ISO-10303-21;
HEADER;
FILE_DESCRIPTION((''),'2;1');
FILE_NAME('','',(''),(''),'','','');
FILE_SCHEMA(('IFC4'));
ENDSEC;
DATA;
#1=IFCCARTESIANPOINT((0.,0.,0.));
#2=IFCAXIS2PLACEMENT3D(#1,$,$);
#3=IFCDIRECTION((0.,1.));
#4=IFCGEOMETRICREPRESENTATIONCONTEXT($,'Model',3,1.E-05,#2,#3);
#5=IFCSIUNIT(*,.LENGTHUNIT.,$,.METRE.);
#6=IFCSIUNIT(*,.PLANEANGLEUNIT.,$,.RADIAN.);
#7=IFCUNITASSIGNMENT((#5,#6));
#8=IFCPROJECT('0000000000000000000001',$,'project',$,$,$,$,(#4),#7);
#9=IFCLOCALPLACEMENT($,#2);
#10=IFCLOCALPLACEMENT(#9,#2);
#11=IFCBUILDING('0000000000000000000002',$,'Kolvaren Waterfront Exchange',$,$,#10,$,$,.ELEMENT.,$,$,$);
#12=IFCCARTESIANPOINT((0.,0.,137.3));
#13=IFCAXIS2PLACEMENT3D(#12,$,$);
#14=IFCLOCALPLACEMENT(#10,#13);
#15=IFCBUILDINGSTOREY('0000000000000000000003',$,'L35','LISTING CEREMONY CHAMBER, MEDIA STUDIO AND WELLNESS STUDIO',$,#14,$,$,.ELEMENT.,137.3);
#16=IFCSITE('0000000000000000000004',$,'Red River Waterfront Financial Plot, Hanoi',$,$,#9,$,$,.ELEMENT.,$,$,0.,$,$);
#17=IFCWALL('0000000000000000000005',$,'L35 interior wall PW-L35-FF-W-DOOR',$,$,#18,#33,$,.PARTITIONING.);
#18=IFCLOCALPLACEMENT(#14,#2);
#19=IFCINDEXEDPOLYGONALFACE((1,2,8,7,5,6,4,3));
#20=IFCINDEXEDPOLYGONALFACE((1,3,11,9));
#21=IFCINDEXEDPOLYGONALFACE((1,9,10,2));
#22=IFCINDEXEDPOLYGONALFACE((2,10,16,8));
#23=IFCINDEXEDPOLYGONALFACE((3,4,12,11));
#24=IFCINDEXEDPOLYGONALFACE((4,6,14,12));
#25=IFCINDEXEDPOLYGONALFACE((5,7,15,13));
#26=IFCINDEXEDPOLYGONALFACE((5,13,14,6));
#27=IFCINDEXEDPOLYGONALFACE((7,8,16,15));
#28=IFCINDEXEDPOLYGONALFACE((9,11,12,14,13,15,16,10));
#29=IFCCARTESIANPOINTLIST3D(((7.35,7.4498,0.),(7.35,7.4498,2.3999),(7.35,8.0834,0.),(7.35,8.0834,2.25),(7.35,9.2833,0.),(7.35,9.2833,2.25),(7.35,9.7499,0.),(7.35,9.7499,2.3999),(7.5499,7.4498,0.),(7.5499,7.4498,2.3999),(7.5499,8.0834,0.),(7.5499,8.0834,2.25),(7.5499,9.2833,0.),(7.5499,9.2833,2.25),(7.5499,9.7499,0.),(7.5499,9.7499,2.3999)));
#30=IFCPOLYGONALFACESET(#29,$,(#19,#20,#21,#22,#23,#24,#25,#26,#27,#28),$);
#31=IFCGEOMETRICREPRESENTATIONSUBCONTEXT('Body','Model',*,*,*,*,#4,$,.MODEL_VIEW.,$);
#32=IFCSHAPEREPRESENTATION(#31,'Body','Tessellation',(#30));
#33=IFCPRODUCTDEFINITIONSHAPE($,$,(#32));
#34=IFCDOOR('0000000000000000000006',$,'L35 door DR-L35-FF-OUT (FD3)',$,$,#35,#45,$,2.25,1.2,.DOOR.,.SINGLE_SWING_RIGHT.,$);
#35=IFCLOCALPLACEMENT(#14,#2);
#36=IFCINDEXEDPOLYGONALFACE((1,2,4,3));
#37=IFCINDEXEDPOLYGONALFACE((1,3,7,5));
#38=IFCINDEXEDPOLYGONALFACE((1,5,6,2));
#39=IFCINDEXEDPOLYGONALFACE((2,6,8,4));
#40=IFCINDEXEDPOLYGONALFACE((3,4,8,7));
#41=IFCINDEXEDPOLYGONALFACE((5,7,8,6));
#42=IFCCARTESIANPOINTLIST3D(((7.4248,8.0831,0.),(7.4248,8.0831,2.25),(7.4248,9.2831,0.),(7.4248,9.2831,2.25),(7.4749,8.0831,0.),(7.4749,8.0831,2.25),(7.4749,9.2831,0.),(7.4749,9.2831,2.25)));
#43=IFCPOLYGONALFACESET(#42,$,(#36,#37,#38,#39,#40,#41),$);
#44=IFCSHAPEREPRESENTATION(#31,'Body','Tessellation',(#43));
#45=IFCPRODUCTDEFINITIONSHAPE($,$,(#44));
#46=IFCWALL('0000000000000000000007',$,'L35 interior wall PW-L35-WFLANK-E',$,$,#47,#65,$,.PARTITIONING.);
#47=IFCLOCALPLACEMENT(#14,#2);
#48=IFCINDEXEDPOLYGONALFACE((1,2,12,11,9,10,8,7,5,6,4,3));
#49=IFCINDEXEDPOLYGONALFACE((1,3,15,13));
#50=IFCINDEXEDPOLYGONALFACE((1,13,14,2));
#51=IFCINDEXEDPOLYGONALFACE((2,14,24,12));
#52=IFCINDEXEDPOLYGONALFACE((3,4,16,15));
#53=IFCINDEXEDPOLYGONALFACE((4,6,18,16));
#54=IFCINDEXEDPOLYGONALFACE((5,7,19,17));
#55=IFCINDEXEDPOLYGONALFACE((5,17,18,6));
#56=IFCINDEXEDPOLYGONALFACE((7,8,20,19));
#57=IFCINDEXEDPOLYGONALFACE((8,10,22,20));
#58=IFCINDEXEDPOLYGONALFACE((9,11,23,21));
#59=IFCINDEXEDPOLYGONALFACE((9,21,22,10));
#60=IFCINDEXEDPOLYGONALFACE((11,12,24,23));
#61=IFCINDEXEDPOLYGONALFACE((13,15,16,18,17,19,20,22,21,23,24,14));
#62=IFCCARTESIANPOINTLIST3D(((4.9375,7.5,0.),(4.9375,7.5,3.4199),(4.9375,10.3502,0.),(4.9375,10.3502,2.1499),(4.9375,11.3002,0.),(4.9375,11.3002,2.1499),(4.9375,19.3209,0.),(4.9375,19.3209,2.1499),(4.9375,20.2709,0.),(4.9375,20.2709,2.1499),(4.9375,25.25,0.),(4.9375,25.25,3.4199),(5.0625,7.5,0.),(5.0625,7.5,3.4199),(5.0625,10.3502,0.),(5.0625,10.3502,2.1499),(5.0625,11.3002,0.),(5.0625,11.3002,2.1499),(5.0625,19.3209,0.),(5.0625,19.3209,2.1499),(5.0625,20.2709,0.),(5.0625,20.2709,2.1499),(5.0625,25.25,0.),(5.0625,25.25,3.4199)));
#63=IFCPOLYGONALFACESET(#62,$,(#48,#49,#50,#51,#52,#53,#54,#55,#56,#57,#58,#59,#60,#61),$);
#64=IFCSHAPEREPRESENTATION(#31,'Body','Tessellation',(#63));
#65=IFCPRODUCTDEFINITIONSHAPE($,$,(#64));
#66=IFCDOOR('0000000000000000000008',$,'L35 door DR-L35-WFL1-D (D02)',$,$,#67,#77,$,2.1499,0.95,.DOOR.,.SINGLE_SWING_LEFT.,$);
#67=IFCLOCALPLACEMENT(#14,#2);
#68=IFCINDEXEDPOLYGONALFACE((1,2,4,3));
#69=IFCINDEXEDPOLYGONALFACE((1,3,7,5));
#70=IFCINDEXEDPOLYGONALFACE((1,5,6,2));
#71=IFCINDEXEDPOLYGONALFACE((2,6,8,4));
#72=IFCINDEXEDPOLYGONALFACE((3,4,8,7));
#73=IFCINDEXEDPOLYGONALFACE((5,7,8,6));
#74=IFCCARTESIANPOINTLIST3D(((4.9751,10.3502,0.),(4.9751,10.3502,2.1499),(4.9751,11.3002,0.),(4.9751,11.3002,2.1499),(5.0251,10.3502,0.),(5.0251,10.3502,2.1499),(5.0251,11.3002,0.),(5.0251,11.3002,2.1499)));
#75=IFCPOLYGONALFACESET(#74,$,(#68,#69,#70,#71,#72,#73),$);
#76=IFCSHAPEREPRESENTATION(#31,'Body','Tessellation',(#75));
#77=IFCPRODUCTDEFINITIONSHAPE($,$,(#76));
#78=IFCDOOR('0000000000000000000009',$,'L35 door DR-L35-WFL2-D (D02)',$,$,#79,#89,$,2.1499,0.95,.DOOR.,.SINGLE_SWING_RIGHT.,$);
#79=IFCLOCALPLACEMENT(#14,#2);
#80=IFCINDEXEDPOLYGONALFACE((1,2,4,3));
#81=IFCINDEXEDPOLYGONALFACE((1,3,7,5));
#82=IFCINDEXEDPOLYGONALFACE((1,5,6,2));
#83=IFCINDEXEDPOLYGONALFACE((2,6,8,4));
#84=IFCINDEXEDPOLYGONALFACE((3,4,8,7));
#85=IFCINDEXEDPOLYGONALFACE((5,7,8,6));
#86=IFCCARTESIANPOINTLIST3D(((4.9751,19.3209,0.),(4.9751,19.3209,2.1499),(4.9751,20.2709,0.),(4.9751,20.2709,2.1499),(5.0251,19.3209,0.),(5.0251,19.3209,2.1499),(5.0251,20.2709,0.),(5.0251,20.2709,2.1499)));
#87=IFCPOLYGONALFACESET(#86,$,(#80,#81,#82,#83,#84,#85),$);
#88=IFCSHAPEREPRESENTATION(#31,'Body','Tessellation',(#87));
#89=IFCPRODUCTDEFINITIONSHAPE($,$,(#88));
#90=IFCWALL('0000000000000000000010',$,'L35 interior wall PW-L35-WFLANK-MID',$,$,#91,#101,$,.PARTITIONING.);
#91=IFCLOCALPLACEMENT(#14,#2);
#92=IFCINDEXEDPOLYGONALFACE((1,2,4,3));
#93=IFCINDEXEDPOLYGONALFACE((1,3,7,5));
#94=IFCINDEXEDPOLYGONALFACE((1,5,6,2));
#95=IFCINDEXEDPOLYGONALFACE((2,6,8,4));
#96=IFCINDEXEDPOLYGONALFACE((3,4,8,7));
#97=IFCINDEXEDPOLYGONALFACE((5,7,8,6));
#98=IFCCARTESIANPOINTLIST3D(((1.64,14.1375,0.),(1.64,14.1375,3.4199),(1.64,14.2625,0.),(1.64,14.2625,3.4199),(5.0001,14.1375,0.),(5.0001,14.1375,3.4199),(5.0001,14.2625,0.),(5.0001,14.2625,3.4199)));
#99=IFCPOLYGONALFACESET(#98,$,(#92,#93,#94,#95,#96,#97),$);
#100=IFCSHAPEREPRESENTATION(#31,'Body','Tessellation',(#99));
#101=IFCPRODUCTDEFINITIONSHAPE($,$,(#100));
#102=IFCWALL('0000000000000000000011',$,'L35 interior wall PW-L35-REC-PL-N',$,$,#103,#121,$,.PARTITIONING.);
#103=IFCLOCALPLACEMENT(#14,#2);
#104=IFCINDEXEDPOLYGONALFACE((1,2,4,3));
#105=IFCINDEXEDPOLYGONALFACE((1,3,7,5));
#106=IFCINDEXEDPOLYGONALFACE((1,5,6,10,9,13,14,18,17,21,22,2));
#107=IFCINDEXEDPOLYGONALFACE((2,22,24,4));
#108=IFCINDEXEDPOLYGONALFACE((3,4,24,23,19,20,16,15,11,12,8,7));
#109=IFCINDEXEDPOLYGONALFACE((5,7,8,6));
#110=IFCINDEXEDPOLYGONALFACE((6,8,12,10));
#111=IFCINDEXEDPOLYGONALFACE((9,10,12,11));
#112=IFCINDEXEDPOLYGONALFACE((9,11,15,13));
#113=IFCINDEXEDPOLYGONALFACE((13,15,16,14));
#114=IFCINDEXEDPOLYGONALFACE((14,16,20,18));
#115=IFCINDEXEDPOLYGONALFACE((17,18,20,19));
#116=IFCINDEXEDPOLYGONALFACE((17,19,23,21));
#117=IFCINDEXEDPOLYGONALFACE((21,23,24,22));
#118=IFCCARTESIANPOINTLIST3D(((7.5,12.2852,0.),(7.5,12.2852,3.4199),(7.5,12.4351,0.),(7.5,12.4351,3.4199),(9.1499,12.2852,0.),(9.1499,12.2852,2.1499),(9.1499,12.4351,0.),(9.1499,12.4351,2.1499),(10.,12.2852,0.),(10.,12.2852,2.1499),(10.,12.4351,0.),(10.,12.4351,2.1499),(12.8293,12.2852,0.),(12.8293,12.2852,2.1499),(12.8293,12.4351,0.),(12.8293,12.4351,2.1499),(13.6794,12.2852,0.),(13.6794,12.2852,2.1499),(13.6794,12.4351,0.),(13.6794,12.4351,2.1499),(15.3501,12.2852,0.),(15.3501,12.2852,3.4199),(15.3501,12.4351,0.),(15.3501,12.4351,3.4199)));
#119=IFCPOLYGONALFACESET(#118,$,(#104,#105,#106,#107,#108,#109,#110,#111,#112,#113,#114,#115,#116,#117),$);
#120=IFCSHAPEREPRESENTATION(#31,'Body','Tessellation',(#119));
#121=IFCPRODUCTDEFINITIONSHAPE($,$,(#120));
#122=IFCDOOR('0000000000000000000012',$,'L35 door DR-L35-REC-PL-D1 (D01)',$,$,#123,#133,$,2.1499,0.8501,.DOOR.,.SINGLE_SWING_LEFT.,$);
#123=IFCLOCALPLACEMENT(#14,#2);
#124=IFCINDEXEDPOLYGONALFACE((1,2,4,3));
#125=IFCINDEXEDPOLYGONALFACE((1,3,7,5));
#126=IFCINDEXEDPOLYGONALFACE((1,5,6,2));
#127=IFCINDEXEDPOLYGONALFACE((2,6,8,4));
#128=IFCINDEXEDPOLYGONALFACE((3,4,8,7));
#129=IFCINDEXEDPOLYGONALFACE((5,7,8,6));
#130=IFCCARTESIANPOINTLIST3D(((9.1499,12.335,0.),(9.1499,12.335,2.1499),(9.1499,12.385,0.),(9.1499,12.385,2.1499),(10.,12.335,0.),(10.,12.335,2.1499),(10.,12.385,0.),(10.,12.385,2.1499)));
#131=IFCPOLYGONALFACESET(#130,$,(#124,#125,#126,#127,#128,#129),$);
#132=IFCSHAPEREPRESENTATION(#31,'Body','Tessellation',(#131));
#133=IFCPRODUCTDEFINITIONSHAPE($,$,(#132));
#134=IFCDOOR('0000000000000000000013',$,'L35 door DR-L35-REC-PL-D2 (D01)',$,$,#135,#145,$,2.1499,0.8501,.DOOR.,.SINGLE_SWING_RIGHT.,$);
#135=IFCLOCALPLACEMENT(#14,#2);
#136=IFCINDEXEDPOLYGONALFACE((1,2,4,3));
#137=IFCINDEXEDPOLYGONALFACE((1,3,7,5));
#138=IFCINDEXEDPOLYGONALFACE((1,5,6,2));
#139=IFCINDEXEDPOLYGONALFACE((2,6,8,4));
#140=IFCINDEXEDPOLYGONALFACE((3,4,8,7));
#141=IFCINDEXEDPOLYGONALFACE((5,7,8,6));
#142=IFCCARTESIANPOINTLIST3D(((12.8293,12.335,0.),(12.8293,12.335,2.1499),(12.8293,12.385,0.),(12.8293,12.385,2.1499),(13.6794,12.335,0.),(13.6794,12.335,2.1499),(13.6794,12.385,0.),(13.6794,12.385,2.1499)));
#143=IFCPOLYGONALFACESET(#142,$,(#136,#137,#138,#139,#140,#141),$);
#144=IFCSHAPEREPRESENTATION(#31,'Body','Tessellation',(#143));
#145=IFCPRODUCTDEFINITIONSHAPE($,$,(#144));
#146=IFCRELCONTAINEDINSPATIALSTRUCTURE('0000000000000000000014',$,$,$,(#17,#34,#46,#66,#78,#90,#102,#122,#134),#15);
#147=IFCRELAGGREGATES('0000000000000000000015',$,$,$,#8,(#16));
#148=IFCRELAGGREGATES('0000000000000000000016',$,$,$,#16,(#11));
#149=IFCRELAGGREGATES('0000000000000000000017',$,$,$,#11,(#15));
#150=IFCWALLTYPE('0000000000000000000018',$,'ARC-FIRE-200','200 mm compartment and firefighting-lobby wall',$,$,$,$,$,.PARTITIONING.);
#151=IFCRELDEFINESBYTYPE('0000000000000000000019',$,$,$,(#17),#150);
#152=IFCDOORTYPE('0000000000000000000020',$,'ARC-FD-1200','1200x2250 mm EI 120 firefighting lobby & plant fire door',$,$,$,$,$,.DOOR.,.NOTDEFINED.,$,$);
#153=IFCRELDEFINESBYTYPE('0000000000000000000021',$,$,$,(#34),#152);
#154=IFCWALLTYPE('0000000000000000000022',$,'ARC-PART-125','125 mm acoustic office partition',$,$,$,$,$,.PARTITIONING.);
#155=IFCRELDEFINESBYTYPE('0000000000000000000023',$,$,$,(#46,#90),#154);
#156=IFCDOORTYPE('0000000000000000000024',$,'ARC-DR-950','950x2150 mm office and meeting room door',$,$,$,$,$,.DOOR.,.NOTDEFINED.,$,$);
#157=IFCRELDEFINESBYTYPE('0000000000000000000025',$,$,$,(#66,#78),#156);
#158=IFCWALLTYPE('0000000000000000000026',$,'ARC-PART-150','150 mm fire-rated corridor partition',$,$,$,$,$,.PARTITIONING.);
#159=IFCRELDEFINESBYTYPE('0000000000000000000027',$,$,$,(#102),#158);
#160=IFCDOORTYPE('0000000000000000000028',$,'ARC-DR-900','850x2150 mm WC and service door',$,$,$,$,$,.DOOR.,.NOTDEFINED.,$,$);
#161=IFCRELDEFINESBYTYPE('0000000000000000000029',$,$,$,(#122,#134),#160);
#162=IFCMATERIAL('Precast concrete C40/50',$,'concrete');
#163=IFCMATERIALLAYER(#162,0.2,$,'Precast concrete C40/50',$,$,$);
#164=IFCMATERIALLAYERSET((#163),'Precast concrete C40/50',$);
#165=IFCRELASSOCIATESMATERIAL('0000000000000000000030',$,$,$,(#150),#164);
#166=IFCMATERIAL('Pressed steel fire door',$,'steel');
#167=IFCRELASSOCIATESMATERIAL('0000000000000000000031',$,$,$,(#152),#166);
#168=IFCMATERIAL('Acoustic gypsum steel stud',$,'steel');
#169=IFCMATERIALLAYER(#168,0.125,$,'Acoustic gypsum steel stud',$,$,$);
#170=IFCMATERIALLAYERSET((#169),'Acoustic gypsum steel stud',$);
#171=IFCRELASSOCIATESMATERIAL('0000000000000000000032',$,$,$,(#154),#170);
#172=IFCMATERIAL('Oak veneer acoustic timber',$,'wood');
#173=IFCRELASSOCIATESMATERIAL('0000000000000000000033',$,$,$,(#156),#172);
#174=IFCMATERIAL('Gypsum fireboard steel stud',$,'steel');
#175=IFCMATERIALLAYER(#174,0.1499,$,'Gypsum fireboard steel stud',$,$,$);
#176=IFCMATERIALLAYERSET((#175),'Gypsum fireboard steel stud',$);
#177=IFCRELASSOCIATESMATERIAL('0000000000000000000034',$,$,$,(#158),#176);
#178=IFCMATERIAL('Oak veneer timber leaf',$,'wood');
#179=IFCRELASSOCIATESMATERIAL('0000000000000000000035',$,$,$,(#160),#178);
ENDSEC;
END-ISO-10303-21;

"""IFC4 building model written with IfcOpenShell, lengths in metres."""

from ifc_helpers import new_model, si_unit, direction, frame, frame_2d, origin, place, context, subcontext, project, spatial, rectangle, extrude, material, layer, layer_set, type_object, element, fill, save


model = new_model("IFC4")

# Units and contexts
model_context = context("Model", 3, precision=1e-05, world=origin(), true_north=direction((0.0, 1.0)))
body_context = subcontext(model_context, "Body", "Model", "MODEL_VIEW")
ifc_project = project(units=[si_unit("LENGTHUNIT", "METRE"), si_unit("PLANEANGLEUNIT", "RADIAN")], contexts=[model_context])

# Site, building, storey
site_placement = place(None, origin())
site = spatial("IfcSite", under=ifc_project, at=site_placement, Name="Red River Waterfront Financial Plot, Hanoi", CompositionType="ELEMENT", RefElevation=0.0)
building_placement = place(site_placement, origin())
building = spatial("IfcBuilding", under=site, at=building_placement, Name="Kolvaren Waterfront Exchange", CompositionType="ELEMENT")
storey_placement = place(building_placement, frame((0.0, 0.0, 137.3)))
storey = spatial("IfcBuildingStorey", under=building, at=storey_placement, Name="L35", Description="LISTING CEREMONY CHAMBER, MEDIA STUDIO AND WELLNESS STUDIO", CompositionType="ELEMENT", Elevation=137.3)

# Shared definitions
ifc_material_1 = material(Name="Precast concrete C40/50", Category="concrete")
ifc_layer_1 = layer(ifc_material_1, 0.2, Name="Precast concrete C40/50")
ifc_layer_set_1 = layer_set([ifc_layer_1], Name="Precast concrete C40/50")
wall_type_1 = type_object("IfcWallType", Name="ARC-FIRE-200", Description="200 mm compartment and firefighting-lobby wall", PredefinedType="PARTITIONING", material=ifc_layer_set_1)

# Wall, opening, door
wall_1_placement = place(storey_placement, frame((7.45, 7.45, 0.0), z_axis=(0.0, 0.0, 1.0), x_axis=(0.0, 1.0, 0.0)))
wall_1 = element("IfcWall", 1, at=wall_1_placement, inside=storey, type_object=wall_type_1, Name="L35 interior wall PW-L35-FF-W-DOOR", PredefinedType="PARTITIONING", context=body_context, shape_type="SweptSolid", body=[
    extrude(rectangle(XDim=2.3, YDim=0.2, at=frame_2d((1.1499, 0.0))), origin(), (0.0, 0.0, 1.0), 2.3999),
])
opening_1_placement = place(wall_1_placement, frame((0.6333, 0.0, 0.0)))
opening_1 = element("IfcOpeningElement", 2, at=opening_1_placement, cuts=wall_1, PredefinedType="OPENING", context=body_context, shape_type="SweptSolid", body=[
    extrude(rectangle(XDim=1.2, YDim=2.25, at=frame_2d((0.6001, 1.125))), frame((0.0, 0.1099, 0.0), z_axis=(0.0, -1.0, 0.0), x_axis=(1.0, 0.0, 0.0)), (0.0, 0.0, 1.0), 0.22),
])
ifc_material_2 = material(Name="Pressed steel fire door", Category="steel")
door_type_1 = type_object("IfcDoorType", Name="ARC-FD-1200", Description="1200x2250 mm EI 120 firefighting lobby & plant fire door", OperationType="NOTDEFINED", PredefinedType="DOOR", material=ifc_material_2)
door_1_placement = place(opening_1_placement, frame((1.2, 0.0, 0.0), z_axis=(0.0, 0.0, 1.0), x_axis=(-1.0, 0.0, 0.0)))
door_1 = element("IfcDoor", 3, at=door_1_placement, inside=storey, type_object=door_type_1, Name="L35 door DR-L35-FF-OUT (FD3)", OperationType="SINGLE_SWING_RIGHT", OverallHeight=2.25, OverallWidth=1.2, PredefinedType="DOOR", context=body_context, shape_type="SweptSolid", body=[
    extrude(rectangle(XDim=1.2, YDim=2.25, at=frame_2d((0.6001, 1.125))), frame((0.0, 0.0249, 0.0), z_axis=(0.0, -1.0, 0.0), x_axis=(1.0, 0.0, 0.0)), (0.0, 0.0, 1.0), 0.05),
])
fill(opening_1, door_1)

# Wall, openings, doors
ifc_material_3 = material(Name="Acoustic gypsum steel stud", Category="steel")
ifc_layer_2 = layer(ifc_material_3, 0.125, Name="Acoustic gypsum steel stud")
ifc_layer_set_2 = layer_set([ifc_layer_2], Name="Acoustic gypsum steel stud")
wall_type_2 = type_object("IfcWallType", Name="ARC-PART-125", Description="125 mm acoustic office partition", PredefinedType="PARTITIONING", material=ifc_layer_set_2)
wall_2_placement = place(storey_placement, frame((5.0, 7.5, 0.0), z_axis=(0.0, 0.0, 1.0), x_axis=(0.0, 1.0, 0.0)))
wall_2 = element("IfcWall", 4, at=wall_2_placement, inside=storey, type_object=wall_type_2, Name="L35 interior wall PW-L35-WFLANK-E", PredefinedType="PARTITIONING", context=body_context, shape_type="SweptSolid", body=[
    extrude(rectangle(XDim=17.75, YDim=0.125, at=frame_2d((8.875, 0.0))), origin(), (0.0, 0.0, 1.0), 3.4199),
])
opening_2_placement = place(wall_2_placement, frame((2.8501, 0.0, 0.0)))
opening_2 = element("IfcOpeningElement", 5, at=opening_2_placement, cuts=wall_2, PredefinedType="OPENING", context=body_context, shape_type="SweptSolid", body=[
    extrude(rectangle(XDim=0.95, YDim=2.1499, at=frame_2d((0.4751, 1.075))), frame((0.0, 0.0725, 0.0), z_axis=(0.0, -1.0, 0.0), x_axis=(1.0, 0.0, 0.0)), (0.0, 0.0, 1.0), 0.145),
])
opening_3_placement = place(wall_2_placement, frame((11.8208, 0.0, 0.0)))
opening_3 = element("IfcOpeningElement", 6, at=opening_3_placement, cuts=wall_2, PredefinedType="OPENING", context=body_context, shape_type="SweptSolid", body=[
    extrude(rectangle(XDim=0.95, YDim=2.1499, at=frame_2d((0.4751, 1.075))), frame((0.0, 0.0725, 0.0), z_axis=(0.0, -1.0, 0.0), x_axis=(1.0, 0.0, 0.0)), (0.0, 0.0, 1.0), 0.145),
])
ifc_material_4 = material(Name="Oak veneer acoustic timber", Category="wood")
door_type_2 = type_object("IfcDoorType", Name="ARC-DR-950", Description="950x2150 mm office and meeting room door", OperationType="NOTDEFINED", PredefinedType="DOOR", material=ifc_material_4)
door_2_placement = place(opening_2_placement, origin())
door_2 = element("IfcDoor", 7, at=door_2_placement, inside=storey, type_object=door_type_2, Name="L35 door DR-L35-WFL1-D (D02)", OperationType="SINGLE_SWING_LEFT", OverallHeight=2.1499, OverallWidth=0.95, PredefinedType="DOOR", context=body_context, shape_type="SweptSolid", body=[
    extrude(rectangle(XDim=0.95, YDim=2.1499, at=frame_2d((0.4751, 1.075))), frame((0.0, 0.0249, 0.0), z_axis=(0.0, -1.0, 0.0), x_axis=(1.0, 0.0, 0.0)), (0.0, 0.0, 1.0), 0.05),
])
fill(opening_2, door_2)
door_3_placement = place(opening_3_placement, origin())
door_3 = element("IfcDoor", 8, at=door_3_placement, inside=storey, type_object=door_type_2, Name="L35 door DR-L35-WFL2-D (D02)", OperationType="SINGLE_SWING_RIGHT", OverallHeight=2.1499, OverallWidth=0.95, PredefinedType="DOOR", context=body_context, shape_type="SweptSolid", body=[
    extrude(rectangle(XDim=0.95, YDim=2.1499, at=frame_2d((0.4751, 1.075))), frame((0.0, 0.0249, 0.0), z_axis=(0.0, -1.0, 0.0), x_axis=(1.0, 0.0, 0.0)), (0.0, 0.0, 1.0), 0.05),
])
fill(opening_3, door_3)

# Wall
wall_3_placement = place(storey_placement, frame((1.6399, 14.2, 0.0), z_axis=(0.0, 0.0, 1.0), x_axis=(1.0, 0.0, 0.0)))
element("IfcWall", 9, at=wall_3_placement, inside=storey, type_object=wall_type_2, Name="L35 interior wall PW-L35-WFLANK-MID", PredefinedType="PARTITIONING", context=body_context, shape_type="SweptSolid", body=[
    extrude(rectangle(XDim=3.3601, YDim=0.125, at=frame_2d((1.6802, 0.0))), origin(), (0.0, 0.0, 1.0), 3.4199),
])

# Wall, openings, doors
ifc_material_5 = material(Name="Gypsum fireboard steel stud", Category="steel")
ifc_layer_3 = layer(ifc_material_5, 0.1499, Name="Gypsum fireboard steel stud")
ifc_layer_set_3 = layer_set([ifc_layer_3], Name="Gypsum fireboard steel stud")
wall_type_3 = type_object("IfcWallType", Name="ARC-PART-150", Description="150 mm fire-rated corridor partition", PredefinedType="PARTITIONING", material=ifc_layer_set_3)
wall_4_placement = place(storey_placement, frame((7.5, 12.3601, 0.0), z_axis=(0.0, 0.0, 1.0), x_axis=(1.0, 0.0, 0.0)))
wall_4 = element("IfcWall", 10, at=wall_4_placement, inside=storey, type_object=wall_type_3, Name="L35 interior wall PW-L35-REC-PL-N", PredefinedType="PARTITIONING", context=body_context, shape_type="SweptSolid", body=[
    extrude(rectangle(XDim=7.8501, YDim=0.1499, at=frame_2d((3.925, 0.0))), origin(), (0.0, 0.0, 1.0), 3.4199),
])
opening_4_placement = place(wall_4_placement, frame((1.6499, 0.0, 0.0)))
opening_4 = element("IfcOpeningElement", 11, at=opening_4_placement, cuts=wall_4, PredefinedType="OPENING", context=body_context, shape_type="SweptSolid", body=[
    extrude(rectangle(XDim=0.8501, YDim=2.1499, at=frame_2d((0.425, 1.075))), frame((0.0, 0.085, 0.0), z_axis=(0.0, -1.0, 0.0), x_axis=(1.0, 0.0, 0.0)), (0.0, 0.0, 1.0), 0.1699),
])
opening_5_placement = place(wall_4_placement, frame((5.3293, 0.0, 0.0)))
opening_5 = element("IfcOpeningElement", 12, at=opening_5_placement, cuts=wall_4, PredefinedType="OPENING", context=body_context, shape_type="SweptSolid", body=[
    extrude(rectangle(XDim=0.8501, YDim=2.1499, at=frame_2d((0.425, 1.075))), frame((0.0, 0.085, 0.0), z_axis=(0.0, -1.0, 0.0), x_axis=(1.0, 0.0, 0.0)), (0.0, 0.0, 1.0), 0.1699),
])
ifc_material_6 = material(Name="Oak veneer timber leaf", Category="wood")
door_type_3 = type_object("IfcDoorType", Name="ARC-DR-900", Description="850x2150 mm WC and service door", OperationType="NOTDEFINED", PredefinedType="DOOR", material=ifc_material_6)
door_4_placement = place(opening_4_placement, origin())
door_4 = element("IfcDoor", 13, at=door_4_placement, inside=storey, type_object=door_type_3, Name="L35 door DR-L35-REC-PL-D1 (D01)", OperationType="SINGLE_SWING_LEFT", OverallHeight=2.1499, OverallWidth=0.8501, PredefinedType="DOOR", context=body_context, shape_type="SweptSolid", body=[
    extrude(rectangle(XDim=0.8501, YDim=2.1499, at=frame_2d((0.425, 1.075))), frame((0.0, 0.0249, 0.0), z_axis=(0.0, -1.0, 0.0), x_axis=(1.0, 0.0, 0.0)), (0.0, 0.0, 1.0), 0.05),
])
fill(opening_4, door_4)
door_5_placement = place(opening_5_placement, origin())
door_5 = element("IfcDoor", 14, at=door_5_placement, inside=storey, type_object=door_type_3, Name="L35 door DR-L35-REC-PL-D2 (D01)", OperationType="SINGLE_SWING_RIGHT", OverallHeight=2.1499, OverallWidth=0.8501, PredefinedType="DOOR", context=body_context, shape_type="SweptSolid", body=[
    extrude(rectangle(XDim=0.8501, YDim=2.1499, at=frame_2d((0.425, 1.075))), frame((0.0, 0.0249, 0.0), z_axis=(0.0, -1.0, 0.0), x_axis=(1.0, 0.0, 0.0)), (0.0, 0.0, 1.0), 0.05),
])
fill(opening_5, door_5)

save(model, "model.ifc")
